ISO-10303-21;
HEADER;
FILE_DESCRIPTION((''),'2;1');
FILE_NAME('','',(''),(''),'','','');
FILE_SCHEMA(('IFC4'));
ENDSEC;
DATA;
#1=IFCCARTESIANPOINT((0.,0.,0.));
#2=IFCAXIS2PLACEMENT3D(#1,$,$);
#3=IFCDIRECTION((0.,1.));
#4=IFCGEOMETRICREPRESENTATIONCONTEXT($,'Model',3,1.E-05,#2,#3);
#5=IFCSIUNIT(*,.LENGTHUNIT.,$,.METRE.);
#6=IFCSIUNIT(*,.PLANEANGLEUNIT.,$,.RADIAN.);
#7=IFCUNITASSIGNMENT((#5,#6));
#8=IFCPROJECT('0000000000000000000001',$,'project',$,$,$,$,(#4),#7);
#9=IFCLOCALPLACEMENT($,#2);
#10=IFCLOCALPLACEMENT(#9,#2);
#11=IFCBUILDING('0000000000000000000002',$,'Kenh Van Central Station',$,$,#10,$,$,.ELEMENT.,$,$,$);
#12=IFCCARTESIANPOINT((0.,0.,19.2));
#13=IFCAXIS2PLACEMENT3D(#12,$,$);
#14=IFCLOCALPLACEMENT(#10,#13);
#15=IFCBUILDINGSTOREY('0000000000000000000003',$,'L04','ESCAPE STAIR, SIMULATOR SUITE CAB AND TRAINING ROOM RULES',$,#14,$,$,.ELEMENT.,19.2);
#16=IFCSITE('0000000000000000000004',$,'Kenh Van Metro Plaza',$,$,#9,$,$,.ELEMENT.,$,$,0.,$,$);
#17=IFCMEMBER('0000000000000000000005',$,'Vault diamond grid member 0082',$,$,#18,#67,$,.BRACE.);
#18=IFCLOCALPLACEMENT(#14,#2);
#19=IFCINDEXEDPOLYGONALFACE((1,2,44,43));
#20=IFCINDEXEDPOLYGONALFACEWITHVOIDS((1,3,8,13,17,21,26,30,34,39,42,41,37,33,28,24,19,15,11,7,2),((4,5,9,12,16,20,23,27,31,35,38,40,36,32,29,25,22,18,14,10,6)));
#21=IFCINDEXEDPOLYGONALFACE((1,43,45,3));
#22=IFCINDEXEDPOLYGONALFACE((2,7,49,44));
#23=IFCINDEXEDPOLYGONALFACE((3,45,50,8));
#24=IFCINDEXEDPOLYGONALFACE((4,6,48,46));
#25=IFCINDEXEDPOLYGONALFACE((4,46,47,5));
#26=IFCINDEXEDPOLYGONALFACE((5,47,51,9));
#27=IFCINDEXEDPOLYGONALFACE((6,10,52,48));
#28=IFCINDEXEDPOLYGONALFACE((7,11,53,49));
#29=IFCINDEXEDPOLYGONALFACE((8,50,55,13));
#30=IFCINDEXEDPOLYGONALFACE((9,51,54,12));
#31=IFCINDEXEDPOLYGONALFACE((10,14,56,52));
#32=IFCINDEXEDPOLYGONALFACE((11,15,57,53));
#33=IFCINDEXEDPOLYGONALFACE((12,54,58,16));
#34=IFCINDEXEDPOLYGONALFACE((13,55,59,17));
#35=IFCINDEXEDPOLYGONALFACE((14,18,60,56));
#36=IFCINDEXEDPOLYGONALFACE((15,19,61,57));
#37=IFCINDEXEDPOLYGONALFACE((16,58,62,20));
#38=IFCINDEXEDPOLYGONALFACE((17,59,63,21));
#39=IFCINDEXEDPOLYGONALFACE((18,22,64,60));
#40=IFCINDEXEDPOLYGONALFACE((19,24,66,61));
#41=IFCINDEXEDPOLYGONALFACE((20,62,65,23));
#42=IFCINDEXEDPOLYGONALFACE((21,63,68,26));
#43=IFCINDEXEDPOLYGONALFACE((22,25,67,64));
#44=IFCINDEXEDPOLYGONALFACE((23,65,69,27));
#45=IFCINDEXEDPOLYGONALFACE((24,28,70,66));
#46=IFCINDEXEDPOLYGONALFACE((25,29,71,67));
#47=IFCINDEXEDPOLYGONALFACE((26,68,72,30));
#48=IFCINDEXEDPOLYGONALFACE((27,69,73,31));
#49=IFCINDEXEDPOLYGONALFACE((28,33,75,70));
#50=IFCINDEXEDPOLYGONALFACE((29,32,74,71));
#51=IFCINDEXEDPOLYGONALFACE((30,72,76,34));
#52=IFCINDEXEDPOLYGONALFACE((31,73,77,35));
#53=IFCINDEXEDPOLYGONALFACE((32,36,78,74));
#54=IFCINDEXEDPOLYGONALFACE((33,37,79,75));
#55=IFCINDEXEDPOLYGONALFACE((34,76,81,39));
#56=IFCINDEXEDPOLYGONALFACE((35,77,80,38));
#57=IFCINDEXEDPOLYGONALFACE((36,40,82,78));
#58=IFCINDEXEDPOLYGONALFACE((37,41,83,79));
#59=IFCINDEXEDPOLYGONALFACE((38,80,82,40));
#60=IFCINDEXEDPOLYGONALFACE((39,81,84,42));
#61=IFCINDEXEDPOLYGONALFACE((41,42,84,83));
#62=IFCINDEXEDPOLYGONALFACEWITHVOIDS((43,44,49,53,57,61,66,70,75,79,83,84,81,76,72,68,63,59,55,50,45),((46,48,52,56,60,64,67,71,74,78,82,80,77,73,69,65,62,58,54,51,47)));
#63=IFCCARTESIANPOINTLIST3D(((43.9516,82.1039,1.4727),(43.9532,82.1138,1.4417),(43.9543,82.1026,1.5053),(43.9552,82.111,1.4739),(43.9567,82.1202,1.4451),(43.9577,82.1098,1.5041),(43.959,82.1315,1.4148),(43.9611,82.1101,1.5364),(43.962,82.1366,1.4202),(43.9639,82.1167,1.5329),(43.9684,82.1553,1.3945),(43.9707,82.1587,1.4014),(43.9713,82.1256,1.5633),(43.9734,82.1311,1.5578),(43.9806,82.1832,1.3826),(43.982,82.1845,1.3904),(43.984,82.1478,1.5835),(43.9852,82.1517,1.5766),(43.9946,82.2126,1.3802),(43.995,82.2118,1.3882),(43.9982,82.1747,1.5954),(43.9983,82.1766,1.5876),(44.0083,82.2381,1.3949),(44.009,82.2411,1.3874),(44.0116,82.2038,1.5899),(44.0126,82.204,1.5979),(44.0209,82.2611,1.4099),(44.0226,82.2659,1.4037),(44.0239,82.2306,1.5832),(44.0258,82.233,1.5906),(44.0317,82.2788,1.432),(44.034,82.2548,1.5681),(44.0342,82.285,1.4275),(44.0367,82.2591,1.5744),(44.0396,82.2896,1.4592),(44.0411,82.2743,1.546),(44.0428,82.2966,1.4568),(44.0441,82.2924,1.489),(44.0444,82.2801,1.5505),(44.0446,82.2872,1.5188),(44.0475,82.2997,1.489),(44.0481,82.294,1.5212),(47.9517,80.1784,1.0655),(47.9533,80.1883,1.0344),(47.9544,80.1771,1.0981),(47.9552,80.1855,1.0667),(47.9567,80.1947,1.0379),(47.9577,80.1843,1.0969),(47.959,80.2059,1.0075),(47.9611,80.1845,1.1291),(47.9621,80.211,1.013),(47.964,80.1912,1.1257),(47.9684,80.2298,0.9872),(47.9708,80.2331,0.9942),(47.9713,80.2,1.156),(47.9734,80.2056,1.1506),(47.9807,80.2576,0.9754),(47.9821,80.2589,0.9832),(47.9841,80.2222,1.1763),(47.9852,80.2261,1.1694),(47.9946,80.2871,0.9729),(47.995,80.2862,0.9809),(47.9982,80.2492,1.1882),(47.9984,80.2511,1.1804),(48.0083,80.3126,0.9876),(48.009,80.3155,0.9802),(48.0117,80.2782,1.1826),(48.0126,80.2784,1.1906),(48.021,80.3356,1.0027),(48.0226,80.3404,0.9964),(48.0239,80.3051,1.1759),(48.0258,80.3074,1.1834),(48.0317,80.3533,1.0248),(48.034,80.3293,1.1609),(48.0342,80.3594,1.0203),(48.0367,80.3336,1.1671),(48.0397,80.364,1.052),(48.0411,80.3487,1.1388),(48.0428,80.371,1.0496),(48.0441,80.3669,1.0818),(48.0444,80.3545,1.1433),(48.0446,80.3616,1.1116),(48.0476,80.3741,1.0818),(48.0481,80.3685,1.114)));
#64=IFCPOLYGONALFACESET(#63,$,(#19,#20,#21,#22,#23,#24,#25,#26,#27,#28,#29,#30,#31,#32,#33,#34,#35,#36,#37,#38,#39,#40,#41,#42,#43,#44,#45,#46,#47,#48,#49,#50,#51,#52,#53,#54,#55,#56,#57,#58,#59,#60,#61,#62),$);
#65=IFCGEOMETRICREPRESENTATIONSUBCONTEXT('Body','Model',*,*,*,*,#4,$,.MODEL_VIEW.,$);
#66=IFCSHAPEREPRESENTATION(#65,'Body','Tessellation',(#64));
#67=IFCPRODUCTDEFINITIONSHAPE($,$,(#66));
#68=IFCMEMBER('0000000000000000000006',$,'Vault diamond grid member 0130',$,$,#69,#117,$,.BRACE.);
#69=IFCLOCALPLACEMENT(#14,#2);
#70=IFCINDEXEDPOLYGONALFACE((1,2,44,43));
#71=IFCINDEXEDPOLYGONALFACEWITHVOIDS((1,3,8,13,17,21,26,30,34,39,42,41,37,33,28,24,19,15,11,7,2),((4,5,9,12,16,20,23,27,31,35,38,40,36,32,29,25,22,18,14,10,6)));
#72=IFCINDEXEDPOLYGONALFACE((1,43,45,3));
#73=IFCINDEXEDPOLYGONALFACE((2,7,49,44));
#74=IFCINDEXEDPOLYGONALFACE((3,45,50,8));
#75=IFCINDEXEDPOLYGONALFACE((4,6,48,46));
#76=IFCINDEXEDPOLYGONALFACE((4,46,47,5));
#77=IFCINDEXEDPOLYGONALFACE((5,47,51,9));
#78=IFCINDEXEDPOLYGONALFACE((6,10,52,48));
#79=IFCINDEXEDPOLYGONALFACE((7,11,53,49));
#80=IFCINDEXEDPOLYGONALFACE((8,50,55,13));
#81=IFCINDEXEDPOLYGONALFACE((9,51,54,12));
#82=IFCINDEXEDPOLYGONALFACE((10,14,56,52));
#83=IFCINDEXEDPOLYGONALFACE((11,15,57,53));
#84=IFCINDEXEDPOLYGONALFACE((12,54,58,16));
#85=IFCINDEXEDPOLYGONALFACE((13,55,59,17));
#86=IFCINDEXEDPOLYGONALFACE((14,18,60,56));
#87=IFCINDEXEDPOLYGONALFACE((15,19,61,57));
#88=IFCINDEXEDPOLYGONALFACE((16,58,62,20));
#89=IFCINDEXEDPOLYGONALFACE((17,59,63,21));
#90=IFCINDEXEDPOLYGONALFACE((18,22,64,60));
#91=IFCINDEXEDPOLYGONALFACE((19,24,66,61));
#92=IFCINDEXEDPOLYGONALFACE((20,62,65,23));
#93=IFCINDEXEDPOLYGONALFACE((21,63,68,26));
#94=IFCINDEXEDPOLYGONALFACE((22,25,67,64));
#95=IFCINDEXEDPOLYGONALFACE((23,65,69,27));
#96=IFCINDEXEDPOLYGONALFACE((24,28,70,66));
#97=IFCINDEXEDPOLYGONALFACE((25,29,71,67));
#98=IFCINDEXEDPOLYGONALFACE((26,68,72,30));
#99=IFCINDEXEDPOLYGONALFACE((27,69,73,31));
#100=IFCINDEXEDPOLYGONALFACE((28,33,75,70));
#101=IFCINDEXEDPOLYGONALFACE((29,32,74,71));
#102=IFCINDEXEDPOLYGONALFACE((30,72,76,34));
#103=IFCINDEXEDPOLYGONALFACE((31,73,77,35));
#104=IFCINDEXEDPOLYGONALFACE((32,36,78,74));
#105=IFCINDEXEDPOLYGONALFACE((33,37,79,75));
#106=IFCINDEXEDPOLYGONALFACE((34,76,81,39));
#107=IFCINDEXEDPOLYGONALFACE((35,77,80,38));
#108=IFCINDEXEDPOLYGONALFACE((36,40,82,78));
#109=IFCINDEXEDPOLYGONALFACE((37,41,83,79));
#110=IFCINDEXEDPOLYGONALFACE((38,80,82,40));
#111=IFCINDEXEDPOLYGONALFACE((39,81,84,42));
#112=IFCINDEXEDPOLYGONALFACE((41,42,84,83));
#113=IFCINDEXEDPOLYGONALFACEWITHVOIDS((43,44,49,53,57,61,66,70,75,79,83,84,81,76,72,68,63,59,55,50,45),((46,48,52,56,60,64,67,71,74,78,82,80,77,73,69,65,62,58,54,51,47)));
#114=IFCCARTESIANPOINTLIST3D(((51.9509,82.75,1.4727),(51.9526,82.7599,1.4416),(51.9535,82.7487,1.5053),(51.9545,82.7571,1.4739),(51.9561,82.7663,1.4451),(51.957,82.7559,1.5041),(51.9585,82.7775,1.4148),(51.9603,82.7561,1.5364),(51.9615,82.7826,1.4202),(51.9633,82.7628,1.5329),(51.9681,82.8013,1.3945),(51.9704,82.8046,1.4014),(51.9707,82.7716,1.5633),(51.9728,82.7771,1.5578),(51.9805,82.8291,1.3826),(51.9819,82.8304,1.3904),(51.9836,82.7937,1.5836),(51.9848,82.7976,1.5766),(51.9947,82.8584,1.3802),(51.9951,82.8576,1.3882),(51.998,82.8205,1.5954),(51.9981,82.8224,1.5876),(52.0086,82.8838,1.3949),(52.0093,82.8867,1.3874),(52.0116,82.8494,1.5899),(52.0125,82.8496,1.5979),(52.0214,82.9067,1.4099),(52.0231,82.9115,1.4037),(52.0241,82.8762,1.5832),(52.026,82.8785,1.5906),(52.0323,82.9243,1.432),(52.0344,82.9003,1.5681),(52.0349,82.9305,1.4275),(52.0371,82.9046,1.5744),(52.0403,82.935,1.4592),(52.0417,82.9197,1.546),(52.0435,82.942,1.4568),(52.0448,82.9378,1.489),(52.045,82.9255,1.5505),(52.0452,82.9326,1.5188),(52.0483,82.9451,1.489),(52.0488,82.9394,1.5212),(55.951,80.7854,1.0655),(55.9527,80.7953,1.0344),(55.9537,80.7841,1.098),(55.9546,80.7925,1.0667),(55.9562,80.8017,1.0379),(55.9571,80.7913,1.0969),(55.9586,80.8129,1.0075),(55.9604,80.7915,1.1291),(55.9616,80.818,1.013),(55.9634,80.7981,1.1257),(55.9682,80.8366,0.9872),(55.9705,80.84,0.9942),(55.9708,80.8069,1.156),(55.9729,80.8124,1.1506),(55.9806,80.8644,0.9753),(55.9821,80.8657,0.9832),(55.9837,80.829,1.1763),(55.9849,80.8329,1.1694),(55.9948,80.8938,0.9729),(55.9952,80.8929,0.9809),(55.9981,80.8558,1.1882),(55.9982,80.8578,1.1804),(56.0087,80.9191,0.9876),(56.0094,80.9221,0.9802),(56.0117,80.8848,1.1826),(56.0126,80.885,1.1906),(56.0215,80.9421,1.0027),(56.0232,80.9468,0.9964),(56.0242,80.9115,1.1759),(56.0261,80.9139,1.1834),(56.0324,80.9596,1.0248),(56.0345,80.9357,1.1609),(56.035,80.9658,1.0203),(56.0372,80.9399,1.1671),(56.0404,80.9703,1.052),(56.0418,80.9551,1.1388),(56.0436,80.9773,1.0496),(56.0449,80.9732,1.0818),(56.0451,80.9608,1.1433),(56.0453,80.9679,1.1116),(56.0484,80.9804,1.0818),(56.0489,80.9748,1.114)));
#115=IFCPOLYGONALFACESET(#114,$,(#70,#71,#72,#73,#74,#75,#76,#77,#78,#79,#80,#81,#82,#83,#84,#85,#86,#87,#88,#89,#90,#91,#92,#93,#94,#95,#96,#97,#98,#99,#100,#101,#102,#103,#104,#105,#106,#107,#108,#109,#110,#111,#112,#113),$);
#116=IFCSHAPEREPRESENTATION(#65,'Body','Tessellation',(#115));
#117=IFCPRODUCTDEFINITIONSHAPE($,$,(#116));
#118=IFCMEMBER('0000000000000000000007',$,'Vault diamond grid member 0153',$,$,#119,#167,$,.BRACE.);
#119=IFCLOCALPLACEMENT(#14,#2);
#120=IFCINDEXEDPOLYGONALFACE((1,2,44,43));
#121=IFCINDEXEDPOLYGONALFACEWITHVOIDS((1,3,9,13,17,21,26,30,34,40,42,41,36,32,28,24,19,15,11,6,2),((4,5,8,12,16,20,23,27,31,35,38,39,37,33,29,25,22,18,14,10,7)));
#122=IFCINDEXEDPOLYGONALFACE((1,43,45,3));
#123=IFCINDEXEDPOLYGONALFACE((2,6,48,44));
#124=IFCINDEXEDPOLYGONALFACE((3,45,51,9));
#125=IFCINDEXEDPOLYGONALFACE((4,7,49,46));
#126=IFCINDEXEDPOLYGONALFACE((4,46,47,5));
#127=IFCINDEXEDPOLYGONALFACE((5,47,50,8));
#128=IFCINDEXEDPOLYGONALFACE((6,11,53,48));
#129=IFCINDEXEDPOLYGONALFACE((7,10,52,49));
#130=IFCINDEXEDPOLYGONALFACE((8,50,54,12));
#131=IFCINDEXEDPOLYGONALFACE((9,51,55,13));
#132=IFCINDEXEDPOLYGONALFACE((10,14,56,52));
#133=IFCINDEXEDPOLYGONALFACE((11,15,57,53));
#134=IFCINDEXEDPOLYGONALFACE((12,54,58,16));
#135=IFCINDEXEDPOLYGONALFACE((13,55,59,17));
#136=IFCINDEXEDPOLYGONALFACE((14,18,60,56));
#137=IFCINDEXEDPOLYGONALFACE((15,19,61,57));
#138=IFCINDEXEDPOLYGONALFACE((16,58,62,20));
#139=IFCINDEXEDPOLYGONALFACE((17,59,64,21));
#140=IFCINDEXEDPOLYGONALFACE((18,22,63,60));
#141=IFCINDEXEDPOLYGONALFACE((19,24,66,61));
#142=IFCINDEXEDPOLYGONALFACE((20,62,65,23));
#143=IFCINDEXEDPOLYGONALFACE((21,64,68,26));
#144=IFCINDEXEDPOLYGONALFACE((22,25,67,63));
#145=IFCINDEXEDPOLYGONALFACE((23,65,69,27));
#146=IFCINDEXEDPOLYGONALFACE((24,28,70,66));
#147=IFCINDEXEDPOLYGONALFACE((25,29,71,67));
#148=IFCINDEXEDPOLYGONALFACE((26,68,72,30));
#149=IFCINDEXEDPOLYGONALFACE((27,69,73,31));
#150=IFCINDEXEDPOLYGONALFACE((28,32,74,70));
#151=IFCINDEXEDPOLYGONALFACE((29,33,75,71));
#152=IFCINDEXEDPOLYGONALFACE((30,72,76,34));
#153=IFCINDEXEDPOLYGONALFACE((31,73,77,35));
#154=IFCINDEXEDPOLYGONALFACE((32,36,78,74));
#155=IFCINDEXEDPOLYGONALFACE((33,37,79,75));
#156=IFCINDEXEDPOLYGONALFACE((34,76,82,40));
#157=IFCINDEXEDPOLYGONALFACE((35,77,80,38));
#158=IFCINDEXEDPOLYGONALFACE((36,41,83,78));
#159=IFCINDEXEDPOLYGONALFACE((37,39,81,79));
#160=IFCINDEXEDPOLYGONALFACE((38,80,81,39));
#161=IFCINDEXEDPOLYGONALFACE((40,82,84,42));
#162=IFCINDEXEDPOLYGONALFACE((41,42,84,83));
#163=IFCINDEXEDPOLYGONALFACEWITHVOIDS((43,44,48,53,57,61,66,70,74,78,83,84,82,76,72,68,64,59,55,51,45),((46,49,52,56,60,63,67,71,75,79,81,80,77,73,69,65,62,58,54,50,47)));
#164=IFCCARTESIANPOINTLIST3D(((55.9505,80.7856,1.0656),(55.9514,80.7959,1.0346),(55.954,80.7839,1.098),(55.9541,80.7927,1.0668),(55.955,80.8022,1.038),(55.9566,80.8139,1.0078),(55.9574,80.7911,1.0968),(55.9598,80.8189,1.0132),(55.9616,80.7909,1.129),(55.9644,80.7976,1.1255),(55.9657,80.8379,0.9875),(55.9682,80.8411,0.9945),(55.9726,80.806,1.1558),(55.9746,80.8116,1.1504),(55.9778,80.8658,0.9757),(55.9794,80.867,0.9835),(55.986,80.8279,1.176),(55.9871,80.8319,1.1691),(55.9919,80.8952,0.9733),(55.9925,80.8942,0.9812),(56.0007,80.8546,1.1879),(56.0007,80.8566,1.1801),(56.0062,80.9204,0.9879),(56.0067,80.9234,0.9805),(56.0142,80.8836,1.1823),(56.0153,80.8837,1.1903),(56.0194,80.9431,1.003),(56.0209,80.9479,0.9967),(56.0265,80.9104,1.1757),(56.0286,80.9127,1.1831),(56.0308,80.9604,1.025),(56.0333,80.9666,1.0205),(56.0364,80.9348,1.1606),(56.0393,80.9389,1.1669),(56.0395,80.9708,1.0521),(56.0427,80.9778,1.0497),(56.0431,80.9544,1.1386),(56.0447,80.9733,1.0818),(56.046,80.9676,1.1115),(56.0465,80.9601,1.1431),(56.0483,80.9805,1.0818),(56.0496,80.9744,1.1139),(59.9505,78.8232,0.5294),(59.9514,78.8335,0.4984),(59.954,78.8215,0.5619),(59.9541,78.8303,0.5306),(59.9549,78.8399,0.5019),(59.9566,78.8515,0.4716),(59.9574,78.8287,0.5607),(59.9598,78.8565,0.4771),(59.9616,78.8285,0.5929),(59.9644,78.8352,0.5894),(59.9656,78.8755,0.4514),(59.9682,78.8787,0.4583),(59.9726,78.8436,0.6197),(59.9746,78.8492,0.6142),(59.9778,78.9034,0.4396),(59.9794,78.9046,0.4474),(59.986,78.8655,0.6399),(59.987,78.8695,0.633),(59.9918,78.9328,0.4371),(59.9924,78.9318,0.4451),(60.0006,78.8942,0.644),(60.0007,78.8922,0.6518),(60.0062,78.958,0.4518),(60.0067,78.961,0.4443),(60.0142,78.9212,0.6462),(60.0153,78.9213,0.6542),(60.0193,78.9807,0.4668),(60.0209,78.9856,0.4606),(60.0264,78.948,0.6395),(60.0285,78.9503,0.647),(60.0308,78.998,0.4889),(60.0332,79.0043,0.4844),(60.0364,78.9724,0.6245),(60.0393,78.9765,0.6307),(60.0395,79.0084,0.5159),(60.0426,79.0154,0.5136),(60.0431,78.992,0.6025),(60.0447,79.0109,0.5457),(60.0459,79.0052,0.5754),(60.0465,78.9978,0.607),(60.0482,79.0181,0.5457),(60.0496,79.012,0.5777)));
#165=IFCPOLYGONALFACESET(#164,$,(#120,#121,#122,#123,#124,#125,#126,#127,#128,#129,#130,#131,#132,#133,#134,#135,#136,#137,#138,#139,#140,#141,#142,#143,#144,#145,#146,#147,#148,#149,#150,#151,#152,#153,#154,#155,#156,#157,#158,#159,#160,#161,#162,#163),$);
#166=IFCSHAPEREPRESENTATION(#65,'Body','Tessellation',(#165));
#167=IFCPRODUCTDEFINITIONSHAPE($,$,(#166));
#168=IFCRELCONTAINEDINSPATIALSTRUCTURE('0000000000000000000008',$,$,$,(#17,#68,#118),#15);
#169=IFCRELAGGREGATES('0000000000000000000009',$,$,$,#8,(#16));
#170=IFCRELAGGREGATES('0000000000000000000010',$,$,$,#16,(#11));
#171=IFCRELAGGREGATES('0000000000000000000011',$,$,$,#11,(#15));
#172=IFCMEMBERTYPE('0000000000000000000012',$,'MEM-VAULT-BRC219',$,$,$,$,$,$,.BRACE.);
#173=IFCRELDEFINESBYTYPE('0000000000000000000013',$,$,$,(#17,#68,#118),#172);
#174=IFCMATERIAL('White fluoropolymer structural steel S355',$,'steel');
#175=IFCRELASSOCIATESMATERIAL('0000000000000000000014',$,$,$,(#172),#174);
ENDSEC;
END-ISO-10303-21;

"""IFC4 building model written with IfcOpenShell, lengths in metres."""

from ifc_helpers import new_model, si_unit, direction, frame, origin, origin_2d, place, context, subcontext, project, spatial, hollow_circle, extrude, material, material_profile, profile_set, type_object, element, save


model = new_model("IFC4")

# Units and contexts
model_context = context("Model", 3, precision=1e-05, world=origin(), true_north=direction((0.0, 1.0)))
body_context = subcontext(model_context, "Body", "Model", "MODEL_VIEW")
ifc_project = project(units=[si_unit("LENGTHUNIT", "METRE"), si_unit("PLANEANGLEUNIT", "RADIAN")], contexts=[model_context])

# Site, building, storey
site_placement = place(None, origin())
site = spatial("IfcSite", under=ifc_project, at=site_placement, Name="Kenh Van Metro Plaza", CompositionType="ELEMENT", RefElevation=0.0)
building_placement = place(site_placement, origin())
building = spatial("IfcBuilding", under=site, at=building_placement, Name="Kenh Van Central Station", CompositionType="ELEMENT")
storey_placement = place(building_placement, frame((0.0, 0.0, 19.2)))
storey = spatial("IfcBuildingStorey", under=building, at=storey_placement, Name="L04", Description="ESCAPE STAIR, SIMULATOR SUITE CAB AND TRAINING ROOM RULES", CompositionType="ELEMENT", Elevation=19.2)

# Shared definitions
ifc_material_1 = material(Name="White fluoropolymer structural steel S355", Category="steel")

# Members
ifc_material_profile_1 = material_profile(ifc_material_1, hollow_circle(Radius=0.1096, WallThickness=0.0081, at=origin_2d()), Name="CHS 219.1x8")
ifc_profile_set_1 = profile_set([ifc_material_profile_1], Name="White fluoropolymer structural steel S355")
member_type_1 = type_object("IfcMemberType", Name="MEM-VAULT-BRC219", PredefinedType="BRACE", material=ifc_profile_set_1)
member_1_placement = place(storey_placement, frame((44.0, 82.2009, 1.489), z_axis=(0.897269, -0.431931, -0.091348), x_axis=(0.433745, 0.901036, 0.0)))
element("IfcMember", 1, at=member_1_placement, inside=storey, type_object=member_type_1, Name="Vault diamond grid member 0082", PredefinedType="BRACE", context=body_context, shape_type="SweptSolid", body=[
    extrude(hollow_circle(Radius=0.1096, WallThickness=0.0081, at=origin_2d()), origin(), (0.0, 0.0, 1.0), 4.458),
])
member_2_placement = place(storey_placement, frame((52.0, 82.8467, 1.489), z_axis=(0.893858, -0.439018, -0.091001), x_axis=(0.440847, 0.897582, 0.0)))
element("IfcMember", 2, at=member_2_placement, inside=storey, type_object=member_type_1, Name="Vault diamond grid member 0130", PredefinedType="BRACE", context=body_context, shape_type="SweptSolid", body=[
    extrude(hollow_circle(Radius=0.1096, WallThickness=0.0081, at=origin_2d()), origin(), (0.0, 0.0, 1.0), 4.4751),
])
member_3_placement = place(storey_placement, frame((56.0, 80.8821, 1.0818), z_axis=(0.891347, -0.437295, -0.11947), x_axis=(0.44045, 0.897777, 0.0)))
element("IfcMember", 3, at=member_3_placement, inside=storey, type_object=member_type_1, Name="Vault diamond grid member 0153", PredefinedType="BRACE", context=body_context, shape_type="SweptSolid", body=[
    extrude(hollow_circle(Radius=0.1096, WallThickness=0.0081, at=origin_2d()), origin(), (0.0, 0.0, 1.0), 4.4875),
])

save(model, "model.ifc")
